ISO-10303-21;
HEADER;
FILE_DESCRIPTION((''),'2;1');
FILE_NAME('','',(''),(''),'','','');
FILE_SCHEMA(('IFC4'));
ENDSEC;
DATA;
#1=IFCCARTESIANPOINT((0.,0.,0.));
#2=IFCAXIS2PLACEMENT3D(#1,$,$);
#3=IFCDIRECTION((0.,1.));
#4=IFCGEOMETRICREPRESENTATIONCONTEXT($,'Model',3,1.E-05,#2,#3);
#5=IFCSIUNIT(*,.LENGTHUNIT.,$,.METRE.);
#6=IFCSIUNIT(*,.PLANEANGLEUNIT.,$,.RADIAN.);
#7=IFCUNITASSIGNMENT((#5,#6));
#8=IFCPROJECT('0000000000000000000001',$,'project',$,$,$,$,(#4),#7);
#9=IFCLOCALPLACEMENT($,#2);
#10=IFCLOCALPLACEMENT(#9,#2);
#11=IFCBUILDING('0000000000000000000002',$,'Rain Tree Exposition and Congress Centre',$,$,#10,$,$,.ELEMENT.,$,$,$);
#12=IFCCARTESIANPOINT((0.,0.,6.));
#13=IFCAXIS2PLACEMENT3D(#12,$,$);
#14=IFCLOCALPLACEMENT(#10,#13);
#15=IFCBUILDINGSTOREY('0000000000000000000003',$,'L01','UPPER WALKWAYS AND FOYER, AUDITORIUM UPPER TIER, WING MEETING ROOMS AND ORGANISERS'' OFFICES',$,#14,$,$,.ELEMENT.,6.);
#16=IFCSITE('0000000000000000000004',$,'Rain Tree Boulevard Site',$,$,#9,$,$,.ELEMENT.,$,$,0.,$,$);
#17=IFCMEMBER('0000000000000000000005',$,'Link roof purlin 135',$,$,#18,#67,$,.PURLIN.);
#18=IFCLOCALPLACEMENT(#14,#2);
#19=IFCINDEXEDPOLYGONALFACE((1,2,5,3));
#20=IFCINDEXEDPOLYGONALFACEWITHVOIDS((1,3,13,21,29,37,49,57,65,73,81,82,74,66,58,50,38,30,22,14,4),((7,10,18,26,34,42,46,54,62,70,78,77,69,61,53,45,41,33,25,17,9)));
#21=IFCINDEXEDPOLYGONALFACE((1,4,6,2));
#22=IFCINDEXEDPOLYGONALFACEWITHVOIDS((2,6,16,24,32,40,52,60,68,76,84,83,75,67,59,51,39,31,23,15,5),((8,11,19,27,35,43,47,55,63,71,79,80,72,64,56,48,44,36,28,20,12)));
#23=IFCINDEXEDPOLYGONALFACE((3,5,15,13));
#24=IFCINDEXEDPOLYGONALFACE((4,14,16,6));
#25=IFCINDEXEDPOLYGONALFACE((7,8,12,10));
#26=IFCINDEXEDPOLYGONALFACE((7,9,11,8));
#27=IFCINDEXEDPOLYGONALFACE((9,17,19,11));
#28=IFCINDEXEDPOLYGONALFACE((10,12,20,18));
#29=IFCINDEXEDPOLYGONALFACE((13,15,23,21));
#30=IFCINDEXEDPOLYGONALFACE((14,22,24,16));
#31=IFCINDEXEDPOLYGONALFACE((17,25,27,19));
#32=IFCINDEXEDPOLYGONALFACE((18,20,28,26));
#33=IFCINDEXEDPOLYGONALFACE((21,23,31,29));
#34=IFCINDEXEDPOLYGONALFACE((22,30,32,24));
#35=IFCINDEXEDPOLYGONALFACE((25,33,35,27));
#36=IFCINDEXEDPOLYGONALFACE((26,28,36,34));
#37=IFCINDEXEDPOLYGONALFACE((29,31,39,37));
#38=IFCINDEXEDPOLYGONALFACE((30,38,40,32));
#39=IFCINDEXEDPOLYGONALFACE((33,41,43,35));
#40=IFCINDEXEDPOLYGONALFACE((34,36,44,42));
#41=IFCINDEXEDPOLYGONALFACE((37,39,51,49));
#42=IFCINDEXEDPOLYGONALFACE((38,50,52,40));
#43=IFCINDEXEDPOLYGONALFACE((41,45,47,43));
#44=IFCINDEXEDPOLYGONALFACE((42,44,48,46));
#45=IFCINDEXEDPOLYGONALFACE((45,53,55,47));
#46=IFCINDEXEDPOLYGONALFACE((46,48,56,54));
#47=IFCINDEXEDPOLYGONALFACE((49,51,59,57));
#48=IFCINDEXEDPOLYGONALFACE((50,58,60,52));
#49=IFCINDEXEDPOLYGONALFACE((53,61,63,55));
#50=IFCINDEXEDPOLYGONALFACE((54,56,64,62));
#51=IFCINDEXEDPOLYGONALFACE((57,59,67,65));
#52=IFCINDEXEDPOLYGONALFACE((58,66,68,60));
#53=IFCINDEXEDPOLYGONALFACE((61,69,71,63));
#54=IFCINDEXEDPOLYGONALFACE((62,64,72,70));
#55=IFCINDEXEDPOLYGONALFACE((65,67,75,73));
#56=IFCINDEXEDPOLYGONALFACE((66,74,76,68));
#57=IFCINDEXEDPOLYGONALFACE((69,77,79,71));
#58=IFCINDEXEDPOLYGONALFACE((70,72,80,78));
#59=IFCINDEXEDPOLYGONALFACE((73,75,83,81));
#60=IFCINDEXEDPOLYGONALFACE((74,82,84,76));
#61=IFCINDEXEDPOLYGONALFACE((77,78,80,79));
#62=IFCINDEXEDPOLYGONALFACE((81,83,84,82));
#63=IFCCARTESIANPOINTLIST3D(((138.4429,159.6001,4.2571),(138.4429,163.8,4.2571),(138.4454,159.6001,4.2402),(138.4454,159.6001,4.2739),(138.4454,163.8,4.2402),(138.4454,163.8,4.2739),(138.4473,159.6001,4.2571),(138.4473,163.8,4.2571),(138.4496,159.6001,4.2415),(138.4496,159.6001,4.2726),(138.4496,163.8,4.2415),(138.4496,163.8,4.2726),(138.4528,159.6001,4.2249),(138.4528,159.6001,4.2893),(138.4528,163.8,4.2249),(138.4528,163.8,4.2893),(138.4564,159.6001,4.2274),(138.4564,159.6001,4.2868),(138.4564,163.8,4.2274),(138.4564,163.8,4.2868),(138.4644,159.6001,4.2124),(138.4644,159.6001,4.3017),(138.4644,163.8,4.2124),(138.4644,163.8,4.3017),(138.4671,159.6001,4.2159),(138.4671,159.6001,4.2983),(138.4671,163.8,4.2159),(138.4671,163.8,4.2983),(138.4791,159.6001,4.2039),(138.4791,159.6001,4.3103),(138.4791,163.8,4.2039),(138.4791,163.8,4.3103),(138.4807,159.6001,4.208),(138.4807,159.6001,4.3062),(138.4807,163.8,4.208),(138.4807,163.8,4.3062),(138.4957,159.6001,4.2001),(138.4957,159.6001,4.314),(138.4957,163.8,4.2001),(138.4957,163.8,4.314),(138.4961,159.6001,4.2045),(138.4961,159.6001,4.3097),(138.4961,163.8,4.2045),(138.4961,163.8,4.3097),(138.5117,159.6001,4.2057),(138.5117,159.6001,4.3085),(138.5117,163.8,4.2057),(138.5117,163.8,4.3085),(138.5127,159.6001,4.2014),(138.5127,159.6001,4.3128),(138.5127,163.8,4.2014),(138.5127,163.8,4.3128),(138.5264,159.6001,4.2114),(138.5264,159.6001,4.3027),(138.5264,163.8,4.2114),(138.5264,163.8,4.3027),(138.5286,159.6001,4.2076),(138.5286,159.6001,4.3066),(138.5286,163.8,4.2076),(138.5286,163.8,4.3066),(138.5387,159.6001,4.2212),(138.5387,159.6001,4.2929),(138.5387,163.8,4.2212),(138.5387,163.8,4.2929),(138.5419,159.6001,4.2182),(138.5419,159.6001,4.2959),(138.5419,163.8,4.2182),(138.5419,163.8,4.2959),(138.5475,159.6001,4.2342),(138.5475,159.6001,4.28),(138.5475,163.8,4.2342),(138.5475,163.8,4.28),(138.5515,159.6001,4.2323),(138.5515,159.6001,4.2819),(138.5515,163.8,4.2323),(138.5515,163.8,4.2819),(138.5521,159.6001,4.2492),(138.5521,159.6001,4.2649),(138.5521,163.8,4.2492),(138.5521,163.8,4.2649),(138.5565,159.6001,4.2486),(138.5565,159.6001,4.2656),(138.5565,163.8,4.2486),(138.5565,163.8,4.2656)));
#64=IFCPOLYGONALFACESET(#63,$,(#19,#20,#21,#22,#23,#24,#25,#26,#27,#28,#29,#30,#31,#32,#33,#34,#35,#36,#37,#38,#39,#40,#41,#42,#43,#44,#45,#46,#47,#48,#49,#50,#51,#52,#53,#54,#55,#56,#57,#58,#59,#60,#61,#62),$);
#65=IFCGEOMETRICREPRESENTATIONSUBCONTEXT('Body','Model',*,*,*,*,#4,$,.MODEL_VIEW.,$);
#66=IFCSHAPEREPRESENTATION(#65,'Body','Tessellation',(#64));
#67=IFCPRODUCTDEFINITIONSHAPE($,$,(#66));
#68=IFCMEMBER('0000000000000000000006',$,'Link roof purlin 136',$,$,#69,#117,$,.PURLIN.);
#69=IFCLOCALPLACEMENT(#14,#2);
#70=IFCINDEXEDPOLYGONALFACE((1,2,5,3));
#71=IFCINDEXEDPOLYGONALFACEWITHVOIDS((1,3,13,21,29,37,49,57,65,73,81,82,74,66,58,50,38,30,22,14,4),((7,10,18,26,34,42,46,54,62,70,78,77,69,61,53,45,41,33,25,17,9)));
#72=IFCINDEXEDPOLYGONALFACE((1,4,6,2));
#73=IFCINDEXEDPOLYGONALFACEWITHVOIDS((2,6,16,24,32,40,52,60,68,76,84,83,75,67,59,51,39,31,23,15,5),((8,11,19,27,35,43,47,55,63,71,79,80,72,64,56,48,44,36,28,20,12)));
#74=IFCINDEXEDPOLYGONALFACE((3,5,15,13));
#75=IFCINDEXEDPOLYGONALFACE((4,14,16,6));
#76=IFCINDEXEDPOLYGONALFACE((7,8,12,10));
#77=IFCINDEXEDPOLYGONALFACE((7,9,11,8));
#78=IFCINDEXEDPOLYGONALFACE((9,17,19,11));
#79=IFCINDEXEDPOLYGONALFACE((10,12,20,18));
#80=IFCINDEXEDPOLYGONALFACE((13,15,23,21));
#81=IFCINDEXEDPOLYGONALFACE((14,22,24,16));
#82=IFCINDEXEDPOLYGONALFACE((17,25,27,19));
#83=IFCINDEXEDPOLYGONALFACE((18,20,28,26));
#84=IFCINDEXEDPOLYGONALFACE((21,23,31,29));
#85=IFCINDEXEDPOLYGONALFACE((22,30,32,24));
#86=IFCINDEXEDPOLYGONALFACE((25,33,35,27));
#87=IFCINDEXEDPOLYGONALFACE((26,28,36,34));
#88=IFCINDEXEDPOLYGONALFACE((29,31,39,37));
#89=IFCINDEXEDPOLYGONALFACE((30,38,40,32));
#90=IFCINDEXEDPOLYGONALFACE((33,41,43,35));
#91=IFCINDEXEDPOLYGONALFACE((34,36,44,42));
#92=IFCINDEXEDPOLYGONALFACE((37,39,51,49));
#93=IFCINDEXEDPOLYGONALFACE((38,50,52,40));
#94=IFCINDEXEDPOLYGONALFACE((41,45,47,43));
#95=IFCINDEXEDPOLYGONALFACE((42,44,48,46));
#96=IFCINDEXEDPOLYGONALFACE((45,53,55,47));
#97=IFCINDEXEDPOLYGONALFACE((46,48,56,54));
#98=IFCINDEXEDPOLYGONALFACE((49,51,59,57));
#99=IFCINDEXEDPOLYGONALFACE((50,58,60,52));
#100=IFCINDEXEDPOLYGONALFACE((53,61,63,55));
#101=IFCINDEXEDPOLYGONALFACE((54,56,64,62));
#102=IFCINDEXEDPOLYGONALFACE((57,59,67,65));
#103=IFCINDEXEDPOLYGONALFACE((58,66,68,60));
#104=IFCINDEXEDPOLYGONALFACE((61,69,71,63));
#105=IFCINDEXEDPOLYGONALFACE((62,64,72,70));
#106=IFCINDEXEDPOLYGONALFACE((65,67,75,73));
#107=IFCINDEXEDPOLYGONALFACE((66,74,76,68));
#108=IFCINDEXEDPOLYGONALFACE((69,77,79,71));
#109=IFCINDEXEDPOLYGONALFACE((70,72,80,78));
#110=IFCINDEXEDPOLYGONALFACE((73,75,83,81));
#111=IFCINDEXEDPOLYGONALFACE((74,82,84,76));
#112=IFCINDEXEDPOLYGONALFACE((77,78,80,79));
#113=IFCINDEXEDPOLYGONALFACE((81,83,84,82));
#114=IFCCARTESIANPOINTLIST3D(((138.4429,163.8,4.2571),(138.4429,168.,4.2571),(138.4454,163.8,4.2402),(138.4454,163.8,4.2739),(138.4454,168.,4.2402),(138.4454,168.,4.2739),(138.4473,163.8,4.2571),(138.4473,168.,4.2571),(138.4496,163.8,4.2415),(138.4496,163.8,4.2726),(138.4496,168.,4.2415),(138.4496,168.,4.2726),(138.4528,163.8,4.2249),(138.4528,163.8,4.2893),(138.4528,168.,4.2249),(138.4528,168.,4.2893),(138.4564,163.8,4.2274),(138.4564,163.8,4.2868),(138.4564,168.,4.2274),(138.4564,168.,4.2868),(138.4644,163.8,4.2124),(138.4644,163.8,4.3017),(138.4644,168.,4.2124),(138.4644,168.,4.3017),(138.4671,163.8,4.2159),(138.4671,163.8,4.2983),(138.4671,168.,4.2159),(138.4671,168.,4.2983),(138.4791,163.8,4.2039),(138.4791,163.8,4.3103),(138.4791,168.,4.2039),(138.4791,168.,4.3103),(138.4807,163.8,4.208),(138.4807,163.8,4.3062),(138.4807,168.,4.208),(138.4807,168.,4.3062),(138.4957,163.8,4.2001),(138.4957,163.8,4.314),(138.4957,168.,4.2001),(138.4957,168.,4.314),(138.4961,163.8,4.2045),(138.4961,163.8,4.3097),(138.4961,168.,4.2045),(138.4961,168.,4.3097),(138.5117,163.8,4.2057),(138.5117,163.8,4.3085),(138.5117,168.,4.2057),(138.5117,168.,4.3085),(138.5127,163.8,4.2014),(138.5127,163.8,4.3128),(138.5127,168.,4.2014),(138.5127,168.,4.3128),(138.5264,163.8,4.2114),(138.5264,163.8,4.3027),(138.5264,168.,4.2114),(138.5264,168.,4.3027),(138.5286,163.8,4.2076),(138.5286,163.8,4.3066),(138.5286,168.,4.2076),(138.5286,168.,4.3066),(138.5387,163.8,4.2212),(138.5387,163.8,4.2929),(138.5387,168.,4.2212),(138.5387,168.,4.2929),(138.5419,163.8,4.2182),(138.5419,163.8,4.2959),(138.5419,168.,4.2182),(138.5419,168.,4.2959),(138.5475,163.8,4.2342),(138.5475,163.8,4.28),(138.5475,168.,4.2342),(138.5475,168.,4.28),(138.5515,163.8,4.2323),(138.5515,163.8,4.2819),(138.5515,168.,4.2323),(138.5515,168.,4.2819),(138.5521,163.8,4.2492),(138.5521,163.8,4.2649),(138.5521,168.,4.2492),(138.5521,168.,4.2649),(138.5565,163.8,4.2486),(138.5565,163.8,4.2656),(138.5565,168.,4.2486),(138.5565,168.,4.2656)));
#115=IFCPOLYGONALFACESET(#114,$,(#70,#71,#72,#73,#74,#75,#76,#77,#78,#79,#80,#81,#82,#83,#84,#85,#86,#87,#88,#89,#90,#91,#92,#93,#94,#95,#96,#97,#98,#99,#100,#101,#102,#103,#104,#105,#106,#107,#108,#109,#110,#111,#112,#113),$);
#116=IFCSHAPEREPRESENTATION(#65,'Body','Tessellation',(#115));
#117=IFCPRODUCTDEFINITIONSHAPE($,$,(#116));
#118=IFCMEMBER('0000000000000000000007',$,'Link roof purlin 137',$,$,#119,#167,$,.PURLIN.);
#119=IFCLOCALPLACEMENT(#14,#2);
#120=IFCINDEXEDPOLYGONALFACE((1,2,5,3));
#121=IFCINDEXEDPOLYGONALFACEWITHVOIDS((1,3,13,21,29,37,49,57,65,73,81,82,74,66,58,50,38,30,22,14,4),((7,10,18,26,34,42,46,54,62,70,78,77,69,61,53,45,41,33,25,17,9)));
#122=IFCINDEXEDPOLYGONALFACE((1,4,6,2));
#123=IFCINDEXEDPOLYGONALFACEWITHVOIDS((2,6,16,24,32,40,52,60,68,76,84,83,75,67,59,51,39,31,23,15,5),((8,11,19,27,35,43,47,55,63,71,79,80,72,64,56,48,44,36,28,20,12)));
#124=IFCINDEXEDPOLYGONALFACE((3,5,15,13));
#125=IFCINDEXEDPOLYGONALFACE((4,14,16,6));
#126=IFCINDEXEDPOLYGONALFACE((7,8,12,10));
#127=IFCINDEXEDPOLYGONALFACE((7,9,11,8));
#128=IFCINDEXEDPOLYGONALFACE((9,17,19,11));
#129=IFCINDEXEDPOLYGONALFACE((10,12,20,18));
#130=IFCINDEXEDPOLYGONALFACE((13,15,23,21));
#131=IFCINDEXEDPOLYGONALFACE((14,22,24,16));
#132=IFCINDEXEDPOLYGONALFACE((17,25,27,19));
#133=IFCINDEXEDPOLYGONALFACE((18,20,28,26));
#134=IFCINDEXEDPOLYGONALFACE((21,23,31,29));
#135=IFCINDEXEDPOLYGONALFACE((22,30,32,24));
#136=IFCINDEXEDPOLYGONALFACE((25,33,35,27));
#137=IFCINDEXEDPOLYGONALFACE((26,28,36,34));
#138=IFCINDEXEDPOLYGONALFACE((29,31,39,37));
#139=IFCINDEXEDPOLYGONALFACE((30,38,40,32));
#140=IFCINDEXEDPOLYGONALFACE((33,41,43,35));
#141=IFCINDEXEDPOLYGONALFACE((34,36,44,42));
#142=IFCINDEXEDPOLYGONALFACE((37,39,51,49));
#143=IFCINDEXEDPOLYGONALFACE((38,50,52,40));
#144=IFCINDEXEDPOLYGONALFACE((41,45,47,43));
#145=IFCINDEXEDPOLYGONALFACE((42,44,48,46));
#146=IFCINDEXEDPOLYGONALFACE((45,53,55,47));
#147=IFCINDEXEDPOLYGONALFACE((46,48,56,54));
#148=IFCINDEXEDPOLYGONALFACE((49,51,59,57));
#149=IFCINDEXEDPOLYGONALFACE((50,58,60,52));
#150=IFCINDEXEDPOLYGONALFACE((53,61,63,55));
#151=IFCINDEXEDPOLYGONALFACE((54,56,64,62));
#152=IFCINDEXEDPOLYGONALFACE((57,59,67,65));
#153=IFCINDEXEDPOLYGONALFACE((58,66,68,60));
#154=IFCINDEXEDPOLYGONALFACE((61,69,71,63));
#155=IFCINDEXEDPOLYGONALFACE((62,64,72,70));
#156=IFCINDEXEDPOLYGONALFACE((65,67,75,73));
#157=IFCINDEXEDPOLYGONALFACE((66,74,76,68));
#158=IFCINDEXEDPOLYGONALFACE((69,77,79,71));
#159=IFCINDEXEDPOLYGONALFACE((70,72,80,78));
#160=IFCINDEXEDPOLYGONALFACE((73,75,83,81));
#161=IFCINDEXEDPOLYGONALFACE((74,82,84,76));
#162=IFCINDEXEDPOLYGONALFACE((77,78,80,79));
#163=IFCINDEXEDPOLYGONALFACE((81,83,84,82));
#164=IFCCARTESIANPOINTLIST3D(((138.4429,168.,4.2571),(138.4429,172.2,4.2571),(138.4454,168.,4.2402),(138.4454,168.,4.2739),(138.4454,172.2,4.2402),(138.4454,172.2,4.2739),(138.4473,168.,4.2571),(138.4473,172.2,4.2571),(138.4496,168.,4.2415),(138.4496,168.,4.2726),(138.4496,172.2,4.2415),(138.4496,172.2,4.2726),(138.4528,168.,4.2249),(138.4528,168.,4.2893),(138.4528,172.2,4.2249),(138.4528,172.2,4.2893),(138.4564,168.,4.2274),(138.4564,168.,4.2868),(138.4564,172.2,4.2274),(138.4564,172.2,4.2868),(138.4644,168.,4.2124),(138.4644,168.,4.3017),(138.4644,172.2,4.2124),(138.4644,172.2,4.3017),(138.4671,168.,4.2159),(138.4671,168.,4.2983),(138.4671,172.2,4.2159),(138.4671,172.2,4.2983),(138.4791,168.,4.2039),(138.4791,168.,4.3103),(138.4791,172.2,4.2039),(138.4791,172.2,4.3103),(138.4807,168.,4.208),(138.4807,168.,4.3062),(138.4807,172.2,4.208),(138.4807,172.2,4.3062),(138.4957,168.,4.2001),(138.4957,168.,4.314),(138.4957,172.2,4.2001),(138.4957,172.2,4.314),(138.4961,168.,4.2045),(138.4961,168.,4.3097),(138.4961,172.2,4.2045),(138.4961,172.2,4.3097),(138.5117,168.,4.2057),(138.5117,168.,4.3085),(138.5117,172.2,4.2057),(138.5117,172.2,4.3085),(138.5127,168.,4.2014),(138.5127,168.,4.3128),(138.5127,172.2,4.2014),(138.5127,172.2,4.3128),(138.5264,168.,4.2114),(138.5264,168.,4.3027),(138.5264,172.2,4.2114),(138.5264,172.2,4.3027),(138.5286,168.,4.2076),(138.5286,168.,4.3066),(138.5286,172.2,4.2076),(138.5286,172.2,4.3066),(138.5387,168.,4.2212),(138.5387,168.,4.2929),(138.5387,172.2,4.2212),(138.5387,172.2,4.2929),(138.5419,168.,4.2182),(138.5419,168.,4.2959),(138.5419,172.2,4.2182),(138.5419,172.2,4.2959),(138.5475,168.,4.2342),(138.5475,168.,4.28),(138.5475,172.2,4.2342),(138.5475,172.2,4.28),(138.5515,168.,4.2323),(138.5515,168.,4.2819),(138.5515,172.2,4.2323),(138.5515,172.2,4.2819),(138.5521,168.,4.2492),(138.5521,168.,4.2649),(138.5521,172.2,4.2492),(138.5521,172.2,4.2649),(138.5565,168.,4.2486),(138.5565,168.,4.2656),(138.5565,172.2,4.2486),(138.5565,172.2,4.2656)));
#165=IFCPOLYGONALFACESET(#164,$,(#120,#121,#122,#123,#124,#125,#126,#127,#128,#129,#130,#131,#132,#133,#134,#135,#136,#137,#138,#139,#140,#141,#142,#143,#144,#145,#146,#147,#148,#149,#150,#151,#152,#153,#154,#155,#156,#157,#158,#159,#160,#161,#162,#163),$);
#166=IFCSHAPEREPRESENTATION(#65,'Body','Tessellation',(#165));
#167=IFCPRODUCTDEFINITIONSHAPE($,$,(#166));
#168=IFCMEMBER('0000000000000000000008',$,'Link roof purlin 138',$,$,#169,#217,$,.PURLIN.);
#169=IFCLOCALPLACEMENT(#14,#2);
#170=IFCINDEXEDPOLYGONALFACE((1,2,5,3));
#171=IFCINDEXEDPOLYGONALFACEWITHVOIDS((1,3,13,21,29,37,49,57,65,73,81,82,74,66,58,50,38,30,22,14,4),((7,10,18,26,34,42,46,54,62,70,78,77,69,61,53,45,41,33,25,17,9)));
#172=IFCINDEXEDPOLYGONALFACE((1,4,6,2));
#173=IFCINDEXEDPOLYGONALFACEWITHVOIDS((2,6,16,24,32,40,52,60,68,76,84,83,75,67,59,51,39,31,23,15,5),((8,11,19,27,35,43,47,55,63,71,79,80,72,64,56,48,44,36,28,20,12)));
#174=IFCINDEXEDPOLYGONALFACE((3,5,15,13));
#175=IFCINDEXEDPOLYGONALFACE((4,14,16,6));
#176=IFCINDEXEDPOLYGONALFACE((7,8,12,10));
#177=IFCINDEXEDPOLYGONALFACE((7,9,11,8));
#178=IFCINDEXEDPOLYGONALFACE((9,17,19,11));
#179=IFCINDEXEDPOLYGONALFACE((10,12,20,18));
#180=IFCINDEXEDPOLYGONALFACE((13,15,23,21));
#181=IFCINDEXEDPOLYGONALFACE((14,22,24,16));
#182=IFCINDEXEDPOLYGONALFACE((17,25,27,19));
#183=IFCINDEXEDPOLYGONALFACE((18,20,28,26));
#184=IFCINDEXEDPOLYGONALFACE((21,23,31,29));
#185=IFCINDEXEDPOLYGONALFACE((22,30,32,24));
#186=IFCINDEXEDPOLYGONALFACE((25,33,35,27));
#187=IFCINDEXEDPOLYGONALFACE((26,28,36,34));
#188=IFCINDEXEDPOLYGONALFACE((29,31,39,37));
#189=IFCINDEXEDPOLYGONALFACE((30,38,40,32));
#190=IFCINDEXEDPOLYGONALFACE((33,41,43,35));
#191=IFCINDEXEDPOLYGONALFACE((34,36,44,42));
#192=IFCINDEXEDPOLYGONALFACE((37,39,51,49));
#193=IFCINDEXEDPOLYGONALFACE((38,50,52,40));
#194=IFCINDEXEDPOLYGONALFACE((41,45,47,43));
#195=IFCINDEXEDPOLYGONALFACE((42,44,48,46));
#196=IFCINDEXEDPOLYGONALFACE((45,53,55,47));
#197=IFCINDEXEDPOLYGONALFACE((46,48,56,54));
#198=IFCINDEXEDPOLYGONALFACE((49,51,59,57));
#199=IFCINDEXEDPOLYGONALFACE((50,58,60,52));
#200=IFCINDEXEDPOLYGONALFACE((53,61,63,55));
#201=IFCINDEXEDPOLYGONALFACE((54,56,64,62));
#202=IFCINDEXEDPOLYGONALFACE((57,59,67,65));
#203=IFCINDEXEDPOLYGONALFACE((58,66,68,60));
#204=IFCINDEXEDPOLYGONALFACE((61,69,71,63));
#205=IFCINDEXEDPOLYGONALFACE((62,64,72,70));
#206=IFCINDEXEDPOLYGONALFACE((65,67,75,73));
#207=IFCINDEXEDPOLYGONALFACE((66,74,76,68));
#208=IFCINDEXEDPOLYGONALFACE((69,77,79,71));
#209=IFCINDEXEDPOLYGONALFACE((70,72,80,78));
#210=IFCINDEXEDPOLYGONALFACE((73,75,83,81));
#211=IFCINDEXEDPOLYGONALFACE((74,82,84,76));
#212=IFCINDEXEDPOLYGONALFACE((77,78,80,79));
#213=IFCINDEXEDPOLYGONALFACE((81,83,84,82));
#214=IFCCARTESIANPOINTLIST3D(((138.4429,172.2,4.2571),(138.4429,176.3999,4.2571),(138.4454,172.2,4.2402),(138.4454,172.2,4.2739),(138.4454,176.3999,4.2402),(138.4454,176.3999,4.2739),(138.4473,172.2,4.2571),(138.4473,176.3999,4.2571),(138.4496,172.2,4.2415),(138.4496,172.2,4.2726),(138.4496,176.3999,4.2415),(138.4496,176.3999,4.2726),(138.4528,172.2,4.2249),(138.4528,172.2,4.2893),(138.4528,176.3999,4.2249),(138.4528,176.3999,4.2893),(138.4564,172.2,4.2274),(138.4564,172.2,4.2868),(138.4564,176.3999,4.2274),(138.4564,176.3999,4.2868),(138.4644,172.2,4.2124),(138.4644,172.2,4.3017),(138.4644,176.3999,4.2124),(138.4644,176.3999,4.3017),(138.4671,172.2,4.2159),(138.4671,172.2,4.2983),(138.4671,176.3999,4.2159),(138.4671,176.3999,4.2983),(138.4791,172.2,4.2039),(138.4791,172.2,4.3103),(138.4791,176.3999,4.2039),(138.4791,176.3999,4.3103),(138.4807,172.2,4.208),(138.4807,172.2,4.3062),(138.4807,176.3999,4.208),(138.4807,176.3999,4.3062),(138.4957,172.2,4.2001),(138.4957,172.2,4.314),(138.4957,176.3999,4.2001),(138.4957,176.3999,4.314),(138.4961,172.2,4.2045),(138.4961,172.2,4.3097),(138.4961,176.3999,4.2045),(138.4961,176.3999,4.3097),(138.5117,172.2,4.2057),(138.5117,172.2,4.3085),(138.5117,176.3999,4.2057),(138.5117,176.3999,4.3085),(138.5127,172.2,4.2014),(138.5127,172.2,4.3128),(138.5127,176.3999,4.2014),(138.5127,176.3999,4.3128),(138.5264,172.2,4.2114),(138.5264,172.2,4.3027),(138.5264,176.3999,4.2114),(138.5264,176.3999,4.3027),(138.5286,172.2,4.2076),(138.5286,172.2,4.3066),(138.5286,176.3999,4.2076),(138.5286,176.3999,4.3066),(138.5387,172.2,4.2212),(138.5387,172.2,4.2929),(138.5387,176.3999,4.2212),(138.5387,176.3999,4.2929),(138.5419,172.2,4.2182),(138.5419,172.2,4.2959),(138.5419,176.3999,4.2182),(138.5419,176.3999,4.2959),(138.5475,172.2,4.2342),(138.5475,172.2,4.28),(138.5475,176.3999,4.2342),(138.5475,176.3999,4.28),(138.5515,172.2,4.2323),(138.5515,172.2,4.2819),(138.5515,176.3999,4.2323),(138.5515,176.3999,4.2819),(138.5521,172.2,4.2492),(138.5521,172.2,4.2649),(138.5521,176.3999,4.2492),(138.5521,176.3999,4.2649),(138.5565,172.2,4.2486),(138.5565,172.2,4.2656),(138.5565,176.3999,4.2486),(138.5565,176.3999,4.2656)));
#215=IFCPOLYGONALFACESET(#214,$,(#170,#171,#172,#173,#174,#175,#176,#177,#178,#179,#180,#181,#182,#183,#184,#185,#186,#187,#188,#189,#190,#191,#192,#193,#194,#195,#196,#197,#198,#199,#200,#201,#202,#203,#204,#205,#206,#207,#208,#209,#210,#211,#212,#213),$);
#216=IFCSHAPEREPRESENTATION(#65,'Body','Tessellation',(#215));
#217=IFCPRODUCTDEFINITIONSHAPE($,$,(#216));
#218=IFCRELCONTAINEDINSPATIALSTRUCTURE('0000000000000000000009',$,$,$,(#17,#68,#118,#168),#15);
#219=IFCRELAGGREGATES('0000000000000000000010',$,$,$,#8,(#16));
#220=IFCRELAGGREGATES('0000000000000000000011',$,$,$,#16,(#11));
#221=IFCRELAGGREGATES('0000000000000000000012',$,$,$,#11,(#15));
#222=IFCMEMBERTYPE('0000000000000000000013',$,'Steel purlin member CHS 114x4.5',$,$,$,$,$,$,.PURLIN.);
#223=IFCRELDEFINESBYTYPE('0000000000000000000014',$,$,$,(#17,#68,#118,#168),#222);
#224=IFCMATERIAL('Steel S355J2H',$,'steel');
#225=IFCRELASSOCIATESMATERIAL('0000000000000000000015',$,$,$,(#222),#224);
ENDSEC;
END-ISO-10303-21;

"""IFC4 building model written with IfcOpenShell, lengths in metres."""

from ifc_helpers import new_model, si_unit, direction, frame, origin, origin_2d, place, context, subcontext, project, spatial, hollow_circle, extrude, material, material_profile, profile_set, type_object, element, save


model = new_model("IFC4")

# Units and contexts
model_context = context("Model", 3, precision=1e-05, world=origin(), true_north=direction((0.0, 1.0)))
body_context = subcontext(model_context, "Body", "Model", "MODEL_VIEW")
ifc_project = project(units=[si_unit("LENGTHUNIT", "METRE"), si_unit("PLANEANGLEUNIT", "RADIAN")], contexts=[model_context])

# Site, building, storey
site_placement = place(None, origin())
site = spatial("IfcSite", under=ifc_project, at=site_placement, Name="Rain Tree Boulevard Site", CompositionType="ELEMENT", RefElevation=0.0)
building_placement = place(site_placement, origin())
building = spatial("IfcBuilding", under=site, at=building_placement, Name="Rain Tree Exposition and Congress Centre", CompositionType="ELEMENT")
storey_placement = place(building_placement, frame((0.0, 0.0, 6.0)))
storey = spatial("IfcBuildingStorey", under=building, at=storey_placement, Name="L01", Description="UPPER WALKWAYS AND FOYER, AUDITORIUM UPPER TIER, WING MEETING ROOMS AND ORGANISERS' OFFICES", CompositionType="ELEMENT", Elevation=6.0)

# Members
ifc_material_1 = material(Name="Steel S355J2H", Category="steel")
ifc_material_profile = material_profile(ifc_material_1, hollow_circle(Radius=0.0571, WallThickness=0.0044, at=origin_2d()), Name="CHS 114x4.5")
ifc_profile_set = profile_set([ifc_material_profile], Name="Steel S355J2H")
member_type = type_object("IfcMemberType", Name="Steel purlin member CHS 114x4.5", PredefinedType="PURLIN", material=ifc_profile_set)
for number, where, z_axis, x_axis, name in (
    (1, (138.5, 159.6001, 4.2571), (0.0, 1.0, 0.0), (-1.0, 0.0, 0.0), "Link roof purlin 135"),
    (2, (138.5, 163.8, 4.2571), (0.0, 1.0, 0.0), (-1.0, 0.0, 0.0), "Link roof purlin 136"),
    (3, (138.5, 168.0, 4.2571), (0.0, 1.0, 0.0), (-1.0, 0.0, 0.0), "Link roof purlin 137"),
    (4, (138.5, 172.2, 4.2571), (0.0, 1.0, 0.0), (-1.0, 0.0, 0.0), "Link roof purlin 138"),
):
    element("IfcMember", number, at=place(storey_placement, frame(where, z_axis=z_axis, x_axis=x_axis)), inside=storey, type_object=member_type, Name=name, PredefinedType="PURLIN", context=body_context, shape_type="SweptSolid", body=[
        extrude(hollow_circle(Radius=0.0571, WallThickness=0.0044, at=origin_2d()), origin(), (0.0, 0.0, 1.0), 4.2),
    ])

save(model, "model.ifc")
